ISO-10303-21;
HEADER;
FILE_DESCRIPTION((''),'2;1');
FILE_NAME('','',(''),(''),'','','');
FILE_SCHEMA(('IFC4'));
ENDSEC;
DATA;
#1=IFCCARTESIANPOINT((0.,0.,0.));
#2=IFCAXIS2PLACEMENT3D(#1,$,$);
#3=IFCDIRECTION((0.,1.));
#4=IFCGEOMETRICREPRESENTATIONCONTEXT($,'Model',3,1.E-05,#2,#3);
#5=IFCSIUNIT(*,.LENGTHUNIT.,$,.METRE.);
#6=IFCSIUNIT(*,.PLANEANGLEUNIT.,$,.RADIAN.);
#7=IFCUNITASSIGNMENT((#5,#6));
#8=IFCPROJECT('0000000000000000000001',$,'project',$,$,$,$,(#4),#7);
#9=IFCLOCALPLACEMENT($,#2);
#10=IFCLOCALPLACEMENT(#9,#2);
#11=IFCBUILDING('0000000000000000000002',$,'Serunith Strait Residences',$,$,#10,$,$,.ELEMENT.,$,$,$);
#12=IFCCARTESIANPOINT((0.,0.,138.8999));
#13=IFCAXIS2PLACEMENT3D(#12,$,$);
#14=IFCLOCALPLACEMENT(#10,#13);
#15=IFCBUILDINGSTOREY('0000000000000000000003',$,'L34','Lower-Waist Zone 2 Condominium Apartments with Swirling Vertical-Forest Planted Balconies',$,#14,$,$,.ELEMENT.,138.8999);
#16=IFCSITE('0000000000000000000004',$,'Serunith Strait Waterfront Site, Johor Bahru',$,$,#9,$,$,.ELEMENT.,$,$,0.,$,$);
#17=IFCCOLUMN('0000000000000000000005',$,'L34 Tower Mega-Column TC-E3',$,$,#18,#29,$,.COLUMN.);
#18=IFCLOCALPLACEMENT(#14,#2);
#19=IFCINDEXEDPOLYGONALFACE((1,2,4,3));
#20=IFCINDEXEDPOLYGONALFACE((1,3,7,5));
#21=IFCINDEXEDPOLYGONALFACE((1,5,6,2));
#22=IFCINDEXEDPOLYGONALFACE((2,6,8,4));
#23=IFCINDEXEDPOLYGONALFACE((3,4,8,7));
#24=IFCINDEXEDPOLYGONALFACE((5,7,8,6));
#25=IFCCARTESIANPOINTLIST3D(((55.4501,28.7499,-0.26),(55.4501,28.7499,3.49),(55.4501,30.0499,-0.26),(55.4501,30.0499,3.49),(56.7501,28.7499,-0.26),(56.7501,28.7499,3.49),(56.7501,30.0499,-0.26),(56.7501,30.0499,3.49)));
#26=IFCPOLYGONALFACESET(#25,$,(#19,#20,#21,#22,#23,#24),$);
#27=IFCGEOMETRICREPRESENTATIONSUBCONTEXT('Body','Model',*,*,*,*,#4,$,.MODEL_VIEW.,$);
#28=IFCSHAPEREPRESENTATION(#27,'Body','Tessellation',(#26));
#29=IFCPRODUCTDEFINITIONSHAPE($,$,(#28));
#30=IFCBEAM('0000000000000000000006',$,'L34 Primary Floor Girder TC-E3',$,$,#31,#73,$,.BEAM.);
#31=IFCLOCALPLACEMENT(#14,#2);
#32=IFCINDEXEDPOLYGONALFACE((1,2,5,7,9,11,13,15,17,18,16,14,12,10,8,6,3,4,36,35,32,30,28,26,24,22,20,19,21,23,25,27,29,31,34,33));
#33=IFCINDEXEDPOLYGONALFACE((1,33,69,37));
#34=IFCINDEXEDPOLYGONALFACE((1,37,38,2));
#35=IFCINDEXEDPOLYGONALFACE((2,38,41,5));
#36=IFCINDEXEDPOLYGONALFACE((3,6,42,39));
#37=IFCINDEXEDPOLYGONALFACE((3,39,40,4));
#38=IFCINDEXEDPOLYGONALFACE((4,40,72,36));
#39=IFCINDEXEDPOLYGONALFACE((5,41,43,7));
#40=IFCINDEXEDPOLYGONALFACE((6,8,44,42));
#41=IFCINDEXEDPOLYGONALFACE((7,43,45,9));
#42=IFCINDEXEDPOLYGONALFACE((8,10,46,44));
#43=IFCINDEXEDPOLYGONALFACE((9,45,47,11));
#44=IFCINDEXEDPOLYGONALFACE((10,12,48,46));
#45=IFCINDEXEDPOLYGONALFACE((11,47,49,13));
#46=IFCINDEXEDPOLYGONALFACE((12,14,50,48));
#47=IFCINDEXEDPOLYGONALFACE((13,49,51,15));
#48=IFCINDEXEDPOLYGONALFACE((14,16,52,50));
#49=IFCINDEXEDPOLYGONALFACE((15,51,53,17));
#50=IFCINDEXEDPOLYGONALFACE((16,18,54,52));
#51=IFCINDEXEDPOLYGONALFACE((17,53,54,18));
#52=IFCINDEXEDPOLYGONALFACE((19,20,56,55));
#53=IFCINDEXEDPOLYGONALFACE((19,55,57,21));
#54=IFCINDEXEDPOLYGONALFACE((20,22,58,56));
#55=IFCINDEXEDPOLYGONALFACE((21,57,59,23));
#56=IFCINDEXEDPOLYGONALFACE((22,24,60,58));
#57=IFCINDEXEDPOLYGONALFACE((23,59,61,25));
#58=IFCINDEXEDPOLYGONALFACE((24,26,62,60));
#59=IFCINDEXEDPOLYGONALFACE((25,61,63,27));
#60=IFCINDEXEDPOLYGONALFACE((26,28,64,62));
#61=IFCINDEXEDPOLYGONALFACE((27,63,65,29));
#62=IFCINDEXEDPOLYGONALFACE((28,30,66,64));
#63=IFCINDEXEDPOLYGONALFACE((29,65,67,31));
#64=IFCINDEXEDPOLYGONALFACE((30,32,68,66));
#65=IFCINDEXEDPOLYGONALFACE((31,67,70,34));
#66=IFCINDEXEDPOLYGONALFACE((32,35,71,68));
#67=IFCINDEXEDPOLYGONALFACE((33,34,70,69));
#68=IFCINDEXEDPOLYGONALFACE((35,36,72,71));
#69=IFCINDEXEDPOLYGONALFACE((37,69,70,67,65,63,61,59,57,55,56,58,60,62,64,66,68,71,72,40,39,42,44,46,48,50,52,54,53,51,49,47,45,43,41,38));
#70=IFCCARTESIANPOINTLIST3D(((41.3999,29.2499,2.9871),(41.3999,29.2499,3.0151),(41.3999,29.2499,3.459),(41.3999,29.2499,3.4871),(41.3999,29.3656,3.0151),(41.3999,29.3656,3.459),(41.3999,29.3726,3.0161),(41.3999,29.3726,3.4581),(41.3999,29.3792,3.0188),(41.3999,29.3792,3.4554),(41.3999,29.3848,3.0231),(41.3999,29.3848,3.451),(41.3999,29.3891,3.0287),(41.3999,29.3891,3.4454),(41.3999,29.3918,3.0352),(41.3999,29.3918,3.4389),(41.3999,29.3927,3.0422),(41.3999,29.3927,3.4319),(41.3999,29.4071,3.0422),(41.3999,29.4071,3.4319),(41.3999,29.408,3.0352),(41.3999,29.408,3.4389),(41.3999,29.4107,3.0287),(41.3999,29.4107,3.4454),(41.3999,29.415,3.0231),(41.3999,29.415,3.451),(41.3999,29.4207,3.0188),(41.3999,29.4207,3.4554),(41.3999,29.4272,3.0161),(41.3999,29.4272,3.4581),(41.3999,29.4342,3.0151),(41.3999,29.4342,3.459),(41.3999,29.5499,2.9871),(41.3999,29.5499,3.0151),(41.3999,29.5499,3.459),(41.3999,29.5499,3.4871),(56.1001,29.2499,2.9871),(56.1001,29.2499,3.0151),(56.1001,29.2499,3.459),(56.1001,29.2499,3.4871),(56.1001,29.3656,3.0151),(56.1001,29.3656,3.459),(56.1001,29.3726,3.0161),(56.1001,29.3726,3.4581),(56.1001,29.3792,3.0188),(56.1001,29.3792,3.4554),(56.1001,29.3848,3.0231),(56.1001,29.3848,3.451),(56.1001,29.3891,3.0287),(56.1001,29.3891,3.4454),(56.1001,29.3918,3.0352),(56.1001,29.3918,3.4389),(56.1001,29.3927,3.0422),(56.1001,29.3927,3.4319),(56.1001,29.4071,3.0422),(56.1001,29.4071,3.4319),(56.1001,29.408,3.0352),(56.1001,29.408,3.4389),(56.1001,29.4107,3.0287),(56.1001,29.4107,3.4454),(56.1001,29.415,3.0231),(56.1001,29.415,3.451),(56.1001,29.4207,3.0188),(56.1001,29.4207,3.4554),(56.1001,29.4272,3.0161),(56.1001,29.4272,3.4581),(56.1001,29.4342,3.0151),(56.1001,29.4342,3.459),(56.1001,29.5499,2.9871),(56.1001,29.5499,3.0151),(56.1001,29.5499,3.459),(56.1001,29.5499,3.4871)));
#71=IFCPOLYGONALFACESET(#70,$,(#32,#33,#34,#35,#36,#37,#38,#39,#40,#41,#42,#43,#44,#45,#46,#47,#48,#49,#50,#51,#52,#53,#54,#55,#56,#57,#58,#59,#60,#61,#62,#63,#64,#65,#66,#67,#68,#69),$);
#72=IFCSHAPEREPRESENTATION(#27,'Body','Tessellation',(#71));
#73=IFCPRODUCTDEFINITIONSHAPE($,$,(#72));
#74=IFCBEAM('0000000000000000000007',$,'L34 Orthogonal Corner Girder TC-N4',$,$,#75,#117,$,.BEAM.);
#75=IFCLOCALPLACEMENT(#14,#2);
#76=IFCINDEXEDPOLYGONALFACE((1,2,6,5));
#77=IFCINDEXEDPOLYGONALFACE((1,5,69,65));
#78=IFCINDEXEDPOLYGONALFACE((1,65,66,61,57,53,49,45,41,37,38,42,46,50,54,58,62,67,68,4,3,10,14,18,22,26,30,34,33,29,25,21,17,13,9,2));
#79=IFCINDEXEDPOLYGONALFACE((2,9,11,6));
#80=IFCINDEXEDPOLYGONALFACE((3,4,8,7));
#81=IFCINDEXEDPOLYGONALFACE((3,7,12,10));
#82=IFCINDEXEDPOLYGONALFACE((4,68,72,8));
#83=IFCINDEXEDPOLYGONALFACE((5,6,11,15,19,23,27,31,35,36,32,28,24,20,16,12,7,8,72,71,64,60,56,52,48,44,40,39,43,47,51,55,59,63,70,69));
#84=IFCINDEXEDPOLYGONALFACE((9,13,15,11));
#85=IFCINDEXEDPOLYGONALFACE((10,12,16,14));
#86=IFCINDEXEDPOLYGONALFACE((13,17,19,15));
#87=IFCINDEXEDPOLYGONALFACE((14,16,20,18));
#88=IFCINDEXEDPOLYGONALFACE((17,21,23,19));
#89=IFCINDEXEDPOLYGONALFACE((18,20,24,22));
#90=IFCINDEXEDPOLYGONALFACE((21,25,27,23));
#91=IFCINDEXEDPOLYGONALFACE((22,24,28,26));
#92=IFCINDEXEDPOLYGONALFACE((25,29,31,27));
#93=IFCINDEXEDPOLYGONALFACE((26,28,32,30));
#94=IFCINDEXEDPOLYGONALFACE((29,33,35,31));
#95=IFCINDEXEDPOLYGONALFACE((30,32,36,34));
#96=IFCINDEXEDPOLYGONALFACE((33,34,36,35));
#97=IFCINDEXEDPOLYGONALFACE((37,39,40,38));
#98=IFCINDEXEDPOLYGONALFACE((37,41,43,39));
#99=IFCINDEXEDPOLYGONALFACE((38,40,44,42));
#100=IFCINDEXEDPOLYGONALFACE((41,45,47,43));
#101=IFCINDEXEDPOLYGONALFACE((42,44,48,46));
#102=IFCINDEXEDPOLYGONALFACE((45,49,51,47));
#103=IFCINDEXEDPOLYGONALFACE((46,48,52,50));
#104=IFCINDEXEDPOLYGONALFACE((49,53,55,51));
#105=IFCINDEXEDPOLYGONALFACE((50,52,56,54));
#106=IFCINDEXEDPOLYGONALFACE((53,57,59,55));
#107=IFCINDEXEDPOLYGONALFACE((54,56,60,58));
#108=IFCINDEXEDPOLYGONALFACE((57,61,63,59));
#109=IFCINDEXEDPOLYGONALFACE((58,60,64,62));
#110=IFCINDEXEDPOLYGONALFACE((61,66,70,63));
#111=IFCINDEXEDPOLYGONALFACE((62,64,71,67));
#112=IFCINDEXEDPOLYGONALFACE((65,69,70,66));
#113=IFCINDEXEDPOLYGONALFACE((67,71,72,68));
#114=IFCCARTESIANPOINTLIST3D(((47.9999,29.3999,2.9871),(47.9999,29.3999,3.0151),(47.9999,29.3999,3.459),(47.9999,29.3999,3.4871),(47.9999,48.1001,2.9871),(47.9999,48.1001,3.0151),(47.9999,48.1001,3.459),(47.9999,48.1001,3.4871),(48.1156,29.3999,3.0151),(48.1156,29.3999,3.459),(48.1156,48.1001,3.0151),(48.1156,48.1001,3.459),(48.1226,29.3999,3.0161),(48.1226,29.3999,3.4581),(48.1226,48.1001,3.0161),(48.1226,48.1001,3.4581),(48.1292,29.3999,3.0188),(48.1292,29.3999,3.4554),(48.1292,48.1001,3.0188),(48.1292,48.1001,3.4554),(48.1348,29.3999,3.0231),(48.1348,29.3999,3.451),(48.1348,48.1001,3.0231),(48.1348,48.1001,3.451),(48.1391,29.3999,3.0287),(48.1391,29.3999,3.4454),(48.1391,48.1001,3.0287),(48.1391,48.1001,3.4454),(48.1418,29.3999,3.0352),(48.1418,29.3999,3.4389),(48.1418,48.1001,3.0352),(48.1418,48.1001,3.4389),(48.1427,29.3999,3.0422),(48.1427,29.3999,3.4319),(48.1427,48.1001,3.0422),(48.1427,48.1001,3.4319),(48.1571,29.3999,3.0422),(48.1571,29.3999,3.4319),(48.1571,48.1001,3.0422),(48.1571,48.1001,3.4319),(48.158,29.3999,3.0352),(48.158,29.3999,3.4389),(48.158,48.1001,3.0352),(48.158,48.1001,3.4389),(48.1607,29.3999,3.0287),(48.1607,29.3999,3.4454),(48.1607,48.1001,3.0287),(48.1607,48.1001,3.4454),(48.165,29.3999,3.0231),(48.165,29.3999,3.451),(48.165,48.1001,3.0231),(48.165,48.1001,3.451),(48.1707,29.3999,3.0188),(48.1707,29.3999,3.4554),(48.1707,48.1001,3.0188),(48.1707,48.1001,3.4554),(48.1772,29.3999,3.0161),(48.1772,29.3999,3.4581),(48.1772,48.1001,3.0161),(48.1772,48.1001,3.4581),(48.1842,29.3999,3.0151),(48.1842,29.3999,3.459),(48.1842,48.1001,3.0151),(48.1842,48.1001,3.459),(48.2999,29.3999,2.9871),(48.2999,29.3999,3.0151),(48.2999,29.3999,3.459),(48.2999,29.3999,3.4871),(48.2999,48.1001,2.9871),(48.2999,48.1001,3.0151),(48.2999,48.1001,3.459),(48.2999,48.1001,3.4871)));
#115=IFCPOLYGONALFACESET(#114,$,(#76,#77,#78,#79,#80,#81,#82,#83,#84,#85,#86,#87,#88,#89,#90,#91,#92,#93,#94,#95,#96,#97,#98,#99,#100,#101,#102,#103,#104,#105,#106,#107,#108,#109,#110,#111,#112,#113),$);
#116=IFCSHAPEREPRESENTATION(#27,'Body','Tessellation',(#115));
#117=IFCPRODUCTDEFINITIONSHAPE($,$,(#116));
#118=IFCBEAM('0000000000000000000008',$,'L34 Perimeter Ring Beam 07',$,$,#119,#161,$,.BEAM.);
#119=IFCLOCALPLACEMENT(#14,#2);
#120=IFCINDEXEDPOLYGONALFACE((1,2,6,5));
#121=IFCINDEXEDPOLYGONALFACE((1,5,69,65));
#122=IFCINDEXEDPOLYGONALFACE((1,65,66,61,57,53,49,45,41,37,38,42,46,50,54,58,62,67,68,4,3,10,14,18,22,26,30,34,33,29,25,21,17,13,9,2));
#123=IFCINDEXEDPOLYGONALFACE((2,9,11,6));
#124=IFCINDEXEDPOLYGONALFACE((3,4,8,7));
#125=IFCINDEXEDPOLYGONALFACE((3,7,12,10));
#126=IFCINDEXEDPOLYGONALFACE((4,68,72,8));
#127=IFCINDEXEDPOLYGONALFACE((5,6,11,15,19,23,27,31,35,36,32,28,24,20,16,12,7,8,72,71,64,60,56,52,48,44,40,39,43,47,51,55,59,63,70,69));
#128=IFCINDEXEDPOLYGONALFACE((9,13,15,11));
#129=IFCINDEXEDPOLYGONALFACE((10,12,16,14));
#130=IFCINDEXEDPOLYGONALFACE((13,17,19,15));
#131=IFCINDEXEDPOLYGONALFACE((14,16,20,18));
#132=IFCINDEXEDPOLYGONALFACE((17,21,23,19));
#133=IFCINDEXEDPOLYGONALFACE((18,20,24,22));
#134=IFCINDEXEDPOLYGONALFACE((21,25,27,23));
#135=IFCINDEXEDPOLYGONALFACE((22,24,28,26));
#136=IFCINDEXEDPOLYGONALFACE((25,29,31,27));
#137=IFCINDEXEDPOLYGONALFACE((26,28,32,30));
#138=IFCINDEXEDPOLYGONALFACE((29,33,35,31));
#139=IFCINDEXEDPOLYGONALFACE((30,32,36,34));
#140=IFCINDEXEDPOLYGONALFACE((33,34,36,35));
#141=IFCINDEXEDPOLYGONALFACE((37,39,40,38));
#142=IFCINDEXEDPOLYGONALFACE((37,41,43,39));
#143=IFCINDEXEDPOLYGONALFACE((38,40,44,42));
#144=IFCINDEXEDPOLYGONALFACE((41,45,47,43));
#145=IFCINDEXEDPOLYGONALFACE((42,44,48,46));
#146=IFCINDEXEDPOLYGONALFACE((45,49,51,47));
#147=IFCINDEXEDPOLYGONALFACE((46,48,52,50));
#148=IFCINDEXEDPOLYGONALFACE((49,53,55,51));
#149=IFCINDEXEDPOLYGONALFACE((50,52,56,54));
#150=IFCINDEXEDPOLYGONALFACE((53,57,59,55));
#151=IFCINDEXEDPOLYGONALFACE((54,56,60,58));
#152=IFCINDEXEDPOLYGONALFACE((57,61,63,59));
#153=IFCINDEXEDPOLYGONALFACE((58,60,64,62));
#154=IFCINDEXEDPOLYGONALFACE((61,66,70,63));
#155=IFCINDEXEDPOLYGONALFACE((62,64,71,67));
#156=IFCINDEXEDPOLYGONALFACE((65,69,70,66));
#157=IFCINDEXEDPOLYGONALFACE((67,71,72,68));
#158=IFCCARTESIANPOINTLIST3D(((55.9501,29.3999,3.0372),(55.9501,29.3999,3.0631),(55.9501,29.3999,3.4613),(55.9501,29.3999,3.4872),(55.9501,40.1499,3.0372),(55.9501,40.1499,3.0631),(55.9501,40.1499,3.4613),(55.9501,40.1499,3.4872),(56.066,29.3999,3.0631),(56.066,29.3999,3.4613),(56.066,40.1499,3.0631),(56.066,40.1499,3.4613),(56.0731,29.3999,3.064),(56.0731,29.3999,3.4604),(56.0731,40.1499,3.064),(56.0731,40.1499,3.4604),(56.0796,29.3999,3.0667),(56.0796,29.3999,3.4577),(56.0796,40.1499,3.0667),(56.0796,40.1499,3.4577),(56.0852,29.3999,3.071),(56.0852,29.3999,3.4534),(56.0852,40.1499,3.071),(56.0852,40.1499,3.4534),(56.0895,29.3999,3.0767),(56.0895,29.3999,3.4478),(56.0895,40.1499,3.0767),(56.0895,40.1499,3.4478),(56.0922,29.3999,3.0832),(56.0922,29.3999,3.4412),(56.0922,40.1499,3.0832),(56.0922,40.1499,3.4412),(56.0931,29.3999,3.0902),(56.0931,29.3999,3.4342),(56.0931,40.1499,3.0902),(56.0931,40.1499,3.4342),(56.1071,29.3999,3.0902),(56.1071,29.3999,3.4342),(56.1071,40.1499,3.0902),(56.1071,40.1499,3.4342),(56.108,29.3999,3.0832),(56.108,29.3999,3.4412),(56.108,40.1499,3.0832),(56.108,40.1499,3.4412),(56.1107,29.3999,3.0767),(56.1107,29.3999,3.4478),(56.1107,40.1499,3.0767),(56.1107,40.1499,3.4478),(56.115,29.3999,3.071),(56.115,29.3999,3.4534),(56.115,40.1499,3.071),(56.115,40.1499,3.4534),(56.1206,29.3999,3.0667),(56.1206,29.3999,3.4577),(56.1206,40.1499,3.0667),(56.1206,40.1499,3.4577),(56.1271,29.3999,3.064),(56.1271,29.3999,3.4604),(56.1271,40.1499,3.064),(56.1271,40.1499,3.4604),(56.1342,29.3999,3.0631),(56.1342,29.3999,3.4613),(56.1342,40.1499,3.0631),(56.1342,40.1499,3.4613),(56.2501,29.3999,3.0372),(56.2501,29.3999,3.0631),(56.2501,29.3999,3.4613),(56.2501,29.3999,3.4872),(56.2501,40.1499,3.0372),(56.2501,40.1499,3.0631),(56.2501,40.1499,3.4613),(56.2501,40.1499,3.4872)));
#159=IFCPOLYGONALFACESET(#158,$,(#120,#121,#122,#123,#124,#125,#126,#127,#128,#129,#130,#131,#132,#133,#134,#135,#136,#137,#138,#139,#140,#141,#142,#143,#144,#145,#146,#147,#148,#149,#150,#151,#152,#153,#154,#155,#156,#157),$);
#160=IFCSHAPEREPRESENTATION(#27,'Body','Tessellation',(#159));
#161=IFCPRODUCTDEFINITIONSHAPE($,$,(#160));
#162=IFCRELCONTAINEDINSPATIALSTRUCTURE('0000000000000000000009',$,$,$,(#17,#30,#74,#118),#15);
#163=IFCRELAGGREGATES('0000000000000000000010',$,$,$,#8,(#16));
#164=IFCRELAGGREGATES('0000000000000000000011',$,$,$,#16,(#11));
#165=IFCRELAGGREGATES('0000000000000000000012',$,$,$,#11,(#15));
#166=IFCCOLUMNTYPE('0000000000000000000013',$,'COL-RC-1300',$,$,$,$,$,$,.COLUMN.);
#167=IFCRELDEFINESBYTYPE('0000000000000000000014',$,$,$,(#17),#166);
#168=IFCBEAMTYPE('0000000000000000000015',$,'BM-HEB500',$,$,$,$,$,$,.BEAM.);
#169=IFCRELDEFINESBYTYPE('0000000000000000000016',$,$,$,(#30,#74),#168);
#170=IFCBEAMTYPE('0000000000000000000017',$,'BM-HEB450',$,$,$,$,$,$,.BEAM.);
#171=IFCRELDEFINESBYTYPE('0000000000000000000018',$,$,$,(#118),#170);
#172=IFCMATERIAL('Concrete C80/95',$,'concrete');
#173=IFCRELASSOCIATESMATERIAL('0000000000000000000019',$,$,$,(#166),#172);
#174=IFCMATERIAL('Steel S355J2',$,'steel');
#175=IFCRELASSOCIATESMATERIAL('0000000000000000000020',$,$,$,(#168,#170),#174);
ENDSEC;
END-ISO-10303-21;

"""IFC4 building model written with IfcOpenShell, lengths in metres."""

from ifc_helpers import new_model, si_unit, direction, frame, origin, origin_2d, place, context, subcontext, project, spatial, rectangle, i_section, extrude, source, transform, mapped, material, material_profile, profile_set, type_object, element, save


model = new_model("IFC4")

# Units and contexts
model_context = context("Model", 3, precision=1e-05, world=origin(), true_north=direction((0.0, 1.0)))
body_context = subcontext(model_context, "Body", "Model", "MODEL_VIEW")
ifc_project = project(units=[si_unit("LENGTHUNIT", "METRE"), si_unit("PLANEANGLEUNIT", "RADIAN")], contexts=[model_context])

# Site, building, storey
site_placement = place(None, origin())
site = spatial("IfcSite", under=ifc_project, at=site_placement, Name="Serunith Strait Waterfront Site, Johor Bahru", CompositionType="ELEMENT", RefElevation=0.0)
building_placement = place(site_placement, origin())
building = spatial("IfcBuilding", under=site, at=building_placement, Name="Serunith Strait Residences", CompositionType="ELEMENT")
storey_placement = place(building_placement, frame((0.0, 0.0, 138.8999)))
storey = spatial("IfcBuildingStorey", under=building, at=storey_placement, Name="L34", Description="Lower-Waist Zone 2 Condominium Apartments with Swirling Vertical-Forest Planted Balconies", CompositionType="ELEMENT", Elevation=138.8999)

# Column
ifc_material_1 = material(Name="Concrete C80/95", Category="concrete")
ifc_material_profile_1 = material_profile(ifc_material_1, rectangle(XDim=1.3, YDim=1.3, at=origin_2d()), Name="RC 1300x1300")
ifc_profile_set_1 = profile_set([ifc_material_profile_1], Name="Concrete C80/95")
column_type = type_object("IfcColumnType", Name="COL-RC-1300", PredefinedType="COLUMN", material=ifc_profile_set_1)
shared_shape_1 = source(origin(), body_context, "Body", "SweptSolid", [
    extrude(rectangle(XDim=1.3, YDim=1.3, at=origin_2d()), origin(), (0.0, 0.0, 1.0), 3.75),
])
column_placement = place(storey_placement, frame((56.1001, 29.3999, -0.26), z_axis=(0.0, 0.0, 1.0), x_axis=(1.0, 0.0, 0.0)))
element("IfcColumn", 1, at=column_placement, inside=storey, type_object=column_type, Name="L34 Tower Mega-Column TC-E3", PredefinedType="COLUMN", context=body_context, shape_type="MappedRepresentation", body=[
    mapped(shared_shape_1, transform((0.0, 0.0, 0.0), scale=1.0)),
])

# Beams
ifc_material_2 = material(Name="Steel S355J2", Category="steel")
ifc_material_profile_2 = material_profile(ifc_material_2, i_section(OverallWidth=0.3, OverallDepth=0.5, WebThickness=0.0144, FlangeThickness=0.0281, FilletRadius=0.0271, at=origin_2d()), Name="HEB 500")
ifc_profile_set_2 = profile_set([ifc_material_profile_2], Name="Steel S355J2")
beam_type_1 = type_object("IfcBeamType", Name="BM-HEB500", PredefinedType="BEAM", material=ifc_profile_set_2)
shared_shape_2 = source(origin(), body_context, "Body", "SweptSolid", [
    extrude(i_section(OverallWidth=0.3, OverallDepth=0.5, WebThickness=0.0144, FlangeThickness=0.0281, FilletRadius=0.0271, at=origin_2d()), origin(), (0.0, 0.0, 1.0), 14.7002),
])
beam_1_placement = place(storey_placement, frame((41.3999, 29.3999, 3.2371), z_axis=(1.0, 0.0, 0.0), x_axis=(0.0, 1.0, 0.0)))
element("IfcBeam", 2, at=beam_1_placement, inside=storey, type_object=beam_type_1, Name="L34 Primary Floor Girder TC-E3", PredefinedType="BEAM", context=body_context, shape_type="MappedRepresentation", body=[
    mapped(shared_shape_2, transform((0.0, 0.0, 0.0), scale=1.0)),
])
shared_shape_3 = source(origin(), body_context, "Body", "SweptSolid", [
    extrude(i_section(OverallWidth=0.3, OverallDepth=0.5, WebThickness=0.0144, FlangeThickness=0.0281, FilletRadius=0.0271, at=origin_2d()), origin(), (0.0, 0.0, 1.0), 18.7002),
])
beam_2_placement = place(storey_placement, frame((48.1499, 29.3999, 3.2371), z_axis=(0.0, 1.0, 0.0), x_axis=(-1.0, 0.0, 0.0)))
element("IfcBeam", 3, at=beam_2_placement, inside=storey, type_object=beam_type_1, Name="L34 Orthogonal Corner Girder TC-N4", PredefinedType="BEAM", context=body_context, shape_type="MappedRepresentation", body=[
    mapped(shared_shape_3, transform((0.0, 0.0, 0.0), scale=1.0)),
])
ifc_material_profile_3 = material_profile(ifc_material_2, i_section(OverallWidth=0.3, OverallDepth=0.45, WebThickness=0.0139, FlangeThickness=0.0259, FilletRadius=0.0271, at=origin_2d()), Name="HEB 450")
ifc_profile_set_3 = profile_set([ifc_material_profile_3], Name="Steel S355J2")
beam_type_2 = type_object("IfcBeamType", Name="BM-HEB450", PredefinedType="BEAM", material=ifc_profile_set_3)
shared_shape_4 = source(origin(), body_context, "Body", "SweptSolid", [
    extrude(i_section(OverallWidth=0.3, OverallDepth=0.45, WebThickness=0.0139, FlangeThickness=0.0259, FilletRadius=0.0271, at=origin_2d()), origin(), (0.0, 0.0, 1.0), 10.75),
])
beam_3_placement = place(storey_placement, frame((56.1001, 29.3999, 3.2622), z_axis=(0.0, 1.0, 0.0), x_axis=(-1.0, 0.0, 0.0)))
element("IfcBeam", 4, at=beam_3_placement, inside=storey, type_object=beam_type_2, Name="L34 Perimeter Ring Beam 07", PredefinedType="BEAM", context=body_context, shape_type="MappedRepresentation", body=[
    mapped(shared_shape_4, transform((0.0, 0.0, 0.0), scale=1.0)),
])

save(model, "model.ifc")
